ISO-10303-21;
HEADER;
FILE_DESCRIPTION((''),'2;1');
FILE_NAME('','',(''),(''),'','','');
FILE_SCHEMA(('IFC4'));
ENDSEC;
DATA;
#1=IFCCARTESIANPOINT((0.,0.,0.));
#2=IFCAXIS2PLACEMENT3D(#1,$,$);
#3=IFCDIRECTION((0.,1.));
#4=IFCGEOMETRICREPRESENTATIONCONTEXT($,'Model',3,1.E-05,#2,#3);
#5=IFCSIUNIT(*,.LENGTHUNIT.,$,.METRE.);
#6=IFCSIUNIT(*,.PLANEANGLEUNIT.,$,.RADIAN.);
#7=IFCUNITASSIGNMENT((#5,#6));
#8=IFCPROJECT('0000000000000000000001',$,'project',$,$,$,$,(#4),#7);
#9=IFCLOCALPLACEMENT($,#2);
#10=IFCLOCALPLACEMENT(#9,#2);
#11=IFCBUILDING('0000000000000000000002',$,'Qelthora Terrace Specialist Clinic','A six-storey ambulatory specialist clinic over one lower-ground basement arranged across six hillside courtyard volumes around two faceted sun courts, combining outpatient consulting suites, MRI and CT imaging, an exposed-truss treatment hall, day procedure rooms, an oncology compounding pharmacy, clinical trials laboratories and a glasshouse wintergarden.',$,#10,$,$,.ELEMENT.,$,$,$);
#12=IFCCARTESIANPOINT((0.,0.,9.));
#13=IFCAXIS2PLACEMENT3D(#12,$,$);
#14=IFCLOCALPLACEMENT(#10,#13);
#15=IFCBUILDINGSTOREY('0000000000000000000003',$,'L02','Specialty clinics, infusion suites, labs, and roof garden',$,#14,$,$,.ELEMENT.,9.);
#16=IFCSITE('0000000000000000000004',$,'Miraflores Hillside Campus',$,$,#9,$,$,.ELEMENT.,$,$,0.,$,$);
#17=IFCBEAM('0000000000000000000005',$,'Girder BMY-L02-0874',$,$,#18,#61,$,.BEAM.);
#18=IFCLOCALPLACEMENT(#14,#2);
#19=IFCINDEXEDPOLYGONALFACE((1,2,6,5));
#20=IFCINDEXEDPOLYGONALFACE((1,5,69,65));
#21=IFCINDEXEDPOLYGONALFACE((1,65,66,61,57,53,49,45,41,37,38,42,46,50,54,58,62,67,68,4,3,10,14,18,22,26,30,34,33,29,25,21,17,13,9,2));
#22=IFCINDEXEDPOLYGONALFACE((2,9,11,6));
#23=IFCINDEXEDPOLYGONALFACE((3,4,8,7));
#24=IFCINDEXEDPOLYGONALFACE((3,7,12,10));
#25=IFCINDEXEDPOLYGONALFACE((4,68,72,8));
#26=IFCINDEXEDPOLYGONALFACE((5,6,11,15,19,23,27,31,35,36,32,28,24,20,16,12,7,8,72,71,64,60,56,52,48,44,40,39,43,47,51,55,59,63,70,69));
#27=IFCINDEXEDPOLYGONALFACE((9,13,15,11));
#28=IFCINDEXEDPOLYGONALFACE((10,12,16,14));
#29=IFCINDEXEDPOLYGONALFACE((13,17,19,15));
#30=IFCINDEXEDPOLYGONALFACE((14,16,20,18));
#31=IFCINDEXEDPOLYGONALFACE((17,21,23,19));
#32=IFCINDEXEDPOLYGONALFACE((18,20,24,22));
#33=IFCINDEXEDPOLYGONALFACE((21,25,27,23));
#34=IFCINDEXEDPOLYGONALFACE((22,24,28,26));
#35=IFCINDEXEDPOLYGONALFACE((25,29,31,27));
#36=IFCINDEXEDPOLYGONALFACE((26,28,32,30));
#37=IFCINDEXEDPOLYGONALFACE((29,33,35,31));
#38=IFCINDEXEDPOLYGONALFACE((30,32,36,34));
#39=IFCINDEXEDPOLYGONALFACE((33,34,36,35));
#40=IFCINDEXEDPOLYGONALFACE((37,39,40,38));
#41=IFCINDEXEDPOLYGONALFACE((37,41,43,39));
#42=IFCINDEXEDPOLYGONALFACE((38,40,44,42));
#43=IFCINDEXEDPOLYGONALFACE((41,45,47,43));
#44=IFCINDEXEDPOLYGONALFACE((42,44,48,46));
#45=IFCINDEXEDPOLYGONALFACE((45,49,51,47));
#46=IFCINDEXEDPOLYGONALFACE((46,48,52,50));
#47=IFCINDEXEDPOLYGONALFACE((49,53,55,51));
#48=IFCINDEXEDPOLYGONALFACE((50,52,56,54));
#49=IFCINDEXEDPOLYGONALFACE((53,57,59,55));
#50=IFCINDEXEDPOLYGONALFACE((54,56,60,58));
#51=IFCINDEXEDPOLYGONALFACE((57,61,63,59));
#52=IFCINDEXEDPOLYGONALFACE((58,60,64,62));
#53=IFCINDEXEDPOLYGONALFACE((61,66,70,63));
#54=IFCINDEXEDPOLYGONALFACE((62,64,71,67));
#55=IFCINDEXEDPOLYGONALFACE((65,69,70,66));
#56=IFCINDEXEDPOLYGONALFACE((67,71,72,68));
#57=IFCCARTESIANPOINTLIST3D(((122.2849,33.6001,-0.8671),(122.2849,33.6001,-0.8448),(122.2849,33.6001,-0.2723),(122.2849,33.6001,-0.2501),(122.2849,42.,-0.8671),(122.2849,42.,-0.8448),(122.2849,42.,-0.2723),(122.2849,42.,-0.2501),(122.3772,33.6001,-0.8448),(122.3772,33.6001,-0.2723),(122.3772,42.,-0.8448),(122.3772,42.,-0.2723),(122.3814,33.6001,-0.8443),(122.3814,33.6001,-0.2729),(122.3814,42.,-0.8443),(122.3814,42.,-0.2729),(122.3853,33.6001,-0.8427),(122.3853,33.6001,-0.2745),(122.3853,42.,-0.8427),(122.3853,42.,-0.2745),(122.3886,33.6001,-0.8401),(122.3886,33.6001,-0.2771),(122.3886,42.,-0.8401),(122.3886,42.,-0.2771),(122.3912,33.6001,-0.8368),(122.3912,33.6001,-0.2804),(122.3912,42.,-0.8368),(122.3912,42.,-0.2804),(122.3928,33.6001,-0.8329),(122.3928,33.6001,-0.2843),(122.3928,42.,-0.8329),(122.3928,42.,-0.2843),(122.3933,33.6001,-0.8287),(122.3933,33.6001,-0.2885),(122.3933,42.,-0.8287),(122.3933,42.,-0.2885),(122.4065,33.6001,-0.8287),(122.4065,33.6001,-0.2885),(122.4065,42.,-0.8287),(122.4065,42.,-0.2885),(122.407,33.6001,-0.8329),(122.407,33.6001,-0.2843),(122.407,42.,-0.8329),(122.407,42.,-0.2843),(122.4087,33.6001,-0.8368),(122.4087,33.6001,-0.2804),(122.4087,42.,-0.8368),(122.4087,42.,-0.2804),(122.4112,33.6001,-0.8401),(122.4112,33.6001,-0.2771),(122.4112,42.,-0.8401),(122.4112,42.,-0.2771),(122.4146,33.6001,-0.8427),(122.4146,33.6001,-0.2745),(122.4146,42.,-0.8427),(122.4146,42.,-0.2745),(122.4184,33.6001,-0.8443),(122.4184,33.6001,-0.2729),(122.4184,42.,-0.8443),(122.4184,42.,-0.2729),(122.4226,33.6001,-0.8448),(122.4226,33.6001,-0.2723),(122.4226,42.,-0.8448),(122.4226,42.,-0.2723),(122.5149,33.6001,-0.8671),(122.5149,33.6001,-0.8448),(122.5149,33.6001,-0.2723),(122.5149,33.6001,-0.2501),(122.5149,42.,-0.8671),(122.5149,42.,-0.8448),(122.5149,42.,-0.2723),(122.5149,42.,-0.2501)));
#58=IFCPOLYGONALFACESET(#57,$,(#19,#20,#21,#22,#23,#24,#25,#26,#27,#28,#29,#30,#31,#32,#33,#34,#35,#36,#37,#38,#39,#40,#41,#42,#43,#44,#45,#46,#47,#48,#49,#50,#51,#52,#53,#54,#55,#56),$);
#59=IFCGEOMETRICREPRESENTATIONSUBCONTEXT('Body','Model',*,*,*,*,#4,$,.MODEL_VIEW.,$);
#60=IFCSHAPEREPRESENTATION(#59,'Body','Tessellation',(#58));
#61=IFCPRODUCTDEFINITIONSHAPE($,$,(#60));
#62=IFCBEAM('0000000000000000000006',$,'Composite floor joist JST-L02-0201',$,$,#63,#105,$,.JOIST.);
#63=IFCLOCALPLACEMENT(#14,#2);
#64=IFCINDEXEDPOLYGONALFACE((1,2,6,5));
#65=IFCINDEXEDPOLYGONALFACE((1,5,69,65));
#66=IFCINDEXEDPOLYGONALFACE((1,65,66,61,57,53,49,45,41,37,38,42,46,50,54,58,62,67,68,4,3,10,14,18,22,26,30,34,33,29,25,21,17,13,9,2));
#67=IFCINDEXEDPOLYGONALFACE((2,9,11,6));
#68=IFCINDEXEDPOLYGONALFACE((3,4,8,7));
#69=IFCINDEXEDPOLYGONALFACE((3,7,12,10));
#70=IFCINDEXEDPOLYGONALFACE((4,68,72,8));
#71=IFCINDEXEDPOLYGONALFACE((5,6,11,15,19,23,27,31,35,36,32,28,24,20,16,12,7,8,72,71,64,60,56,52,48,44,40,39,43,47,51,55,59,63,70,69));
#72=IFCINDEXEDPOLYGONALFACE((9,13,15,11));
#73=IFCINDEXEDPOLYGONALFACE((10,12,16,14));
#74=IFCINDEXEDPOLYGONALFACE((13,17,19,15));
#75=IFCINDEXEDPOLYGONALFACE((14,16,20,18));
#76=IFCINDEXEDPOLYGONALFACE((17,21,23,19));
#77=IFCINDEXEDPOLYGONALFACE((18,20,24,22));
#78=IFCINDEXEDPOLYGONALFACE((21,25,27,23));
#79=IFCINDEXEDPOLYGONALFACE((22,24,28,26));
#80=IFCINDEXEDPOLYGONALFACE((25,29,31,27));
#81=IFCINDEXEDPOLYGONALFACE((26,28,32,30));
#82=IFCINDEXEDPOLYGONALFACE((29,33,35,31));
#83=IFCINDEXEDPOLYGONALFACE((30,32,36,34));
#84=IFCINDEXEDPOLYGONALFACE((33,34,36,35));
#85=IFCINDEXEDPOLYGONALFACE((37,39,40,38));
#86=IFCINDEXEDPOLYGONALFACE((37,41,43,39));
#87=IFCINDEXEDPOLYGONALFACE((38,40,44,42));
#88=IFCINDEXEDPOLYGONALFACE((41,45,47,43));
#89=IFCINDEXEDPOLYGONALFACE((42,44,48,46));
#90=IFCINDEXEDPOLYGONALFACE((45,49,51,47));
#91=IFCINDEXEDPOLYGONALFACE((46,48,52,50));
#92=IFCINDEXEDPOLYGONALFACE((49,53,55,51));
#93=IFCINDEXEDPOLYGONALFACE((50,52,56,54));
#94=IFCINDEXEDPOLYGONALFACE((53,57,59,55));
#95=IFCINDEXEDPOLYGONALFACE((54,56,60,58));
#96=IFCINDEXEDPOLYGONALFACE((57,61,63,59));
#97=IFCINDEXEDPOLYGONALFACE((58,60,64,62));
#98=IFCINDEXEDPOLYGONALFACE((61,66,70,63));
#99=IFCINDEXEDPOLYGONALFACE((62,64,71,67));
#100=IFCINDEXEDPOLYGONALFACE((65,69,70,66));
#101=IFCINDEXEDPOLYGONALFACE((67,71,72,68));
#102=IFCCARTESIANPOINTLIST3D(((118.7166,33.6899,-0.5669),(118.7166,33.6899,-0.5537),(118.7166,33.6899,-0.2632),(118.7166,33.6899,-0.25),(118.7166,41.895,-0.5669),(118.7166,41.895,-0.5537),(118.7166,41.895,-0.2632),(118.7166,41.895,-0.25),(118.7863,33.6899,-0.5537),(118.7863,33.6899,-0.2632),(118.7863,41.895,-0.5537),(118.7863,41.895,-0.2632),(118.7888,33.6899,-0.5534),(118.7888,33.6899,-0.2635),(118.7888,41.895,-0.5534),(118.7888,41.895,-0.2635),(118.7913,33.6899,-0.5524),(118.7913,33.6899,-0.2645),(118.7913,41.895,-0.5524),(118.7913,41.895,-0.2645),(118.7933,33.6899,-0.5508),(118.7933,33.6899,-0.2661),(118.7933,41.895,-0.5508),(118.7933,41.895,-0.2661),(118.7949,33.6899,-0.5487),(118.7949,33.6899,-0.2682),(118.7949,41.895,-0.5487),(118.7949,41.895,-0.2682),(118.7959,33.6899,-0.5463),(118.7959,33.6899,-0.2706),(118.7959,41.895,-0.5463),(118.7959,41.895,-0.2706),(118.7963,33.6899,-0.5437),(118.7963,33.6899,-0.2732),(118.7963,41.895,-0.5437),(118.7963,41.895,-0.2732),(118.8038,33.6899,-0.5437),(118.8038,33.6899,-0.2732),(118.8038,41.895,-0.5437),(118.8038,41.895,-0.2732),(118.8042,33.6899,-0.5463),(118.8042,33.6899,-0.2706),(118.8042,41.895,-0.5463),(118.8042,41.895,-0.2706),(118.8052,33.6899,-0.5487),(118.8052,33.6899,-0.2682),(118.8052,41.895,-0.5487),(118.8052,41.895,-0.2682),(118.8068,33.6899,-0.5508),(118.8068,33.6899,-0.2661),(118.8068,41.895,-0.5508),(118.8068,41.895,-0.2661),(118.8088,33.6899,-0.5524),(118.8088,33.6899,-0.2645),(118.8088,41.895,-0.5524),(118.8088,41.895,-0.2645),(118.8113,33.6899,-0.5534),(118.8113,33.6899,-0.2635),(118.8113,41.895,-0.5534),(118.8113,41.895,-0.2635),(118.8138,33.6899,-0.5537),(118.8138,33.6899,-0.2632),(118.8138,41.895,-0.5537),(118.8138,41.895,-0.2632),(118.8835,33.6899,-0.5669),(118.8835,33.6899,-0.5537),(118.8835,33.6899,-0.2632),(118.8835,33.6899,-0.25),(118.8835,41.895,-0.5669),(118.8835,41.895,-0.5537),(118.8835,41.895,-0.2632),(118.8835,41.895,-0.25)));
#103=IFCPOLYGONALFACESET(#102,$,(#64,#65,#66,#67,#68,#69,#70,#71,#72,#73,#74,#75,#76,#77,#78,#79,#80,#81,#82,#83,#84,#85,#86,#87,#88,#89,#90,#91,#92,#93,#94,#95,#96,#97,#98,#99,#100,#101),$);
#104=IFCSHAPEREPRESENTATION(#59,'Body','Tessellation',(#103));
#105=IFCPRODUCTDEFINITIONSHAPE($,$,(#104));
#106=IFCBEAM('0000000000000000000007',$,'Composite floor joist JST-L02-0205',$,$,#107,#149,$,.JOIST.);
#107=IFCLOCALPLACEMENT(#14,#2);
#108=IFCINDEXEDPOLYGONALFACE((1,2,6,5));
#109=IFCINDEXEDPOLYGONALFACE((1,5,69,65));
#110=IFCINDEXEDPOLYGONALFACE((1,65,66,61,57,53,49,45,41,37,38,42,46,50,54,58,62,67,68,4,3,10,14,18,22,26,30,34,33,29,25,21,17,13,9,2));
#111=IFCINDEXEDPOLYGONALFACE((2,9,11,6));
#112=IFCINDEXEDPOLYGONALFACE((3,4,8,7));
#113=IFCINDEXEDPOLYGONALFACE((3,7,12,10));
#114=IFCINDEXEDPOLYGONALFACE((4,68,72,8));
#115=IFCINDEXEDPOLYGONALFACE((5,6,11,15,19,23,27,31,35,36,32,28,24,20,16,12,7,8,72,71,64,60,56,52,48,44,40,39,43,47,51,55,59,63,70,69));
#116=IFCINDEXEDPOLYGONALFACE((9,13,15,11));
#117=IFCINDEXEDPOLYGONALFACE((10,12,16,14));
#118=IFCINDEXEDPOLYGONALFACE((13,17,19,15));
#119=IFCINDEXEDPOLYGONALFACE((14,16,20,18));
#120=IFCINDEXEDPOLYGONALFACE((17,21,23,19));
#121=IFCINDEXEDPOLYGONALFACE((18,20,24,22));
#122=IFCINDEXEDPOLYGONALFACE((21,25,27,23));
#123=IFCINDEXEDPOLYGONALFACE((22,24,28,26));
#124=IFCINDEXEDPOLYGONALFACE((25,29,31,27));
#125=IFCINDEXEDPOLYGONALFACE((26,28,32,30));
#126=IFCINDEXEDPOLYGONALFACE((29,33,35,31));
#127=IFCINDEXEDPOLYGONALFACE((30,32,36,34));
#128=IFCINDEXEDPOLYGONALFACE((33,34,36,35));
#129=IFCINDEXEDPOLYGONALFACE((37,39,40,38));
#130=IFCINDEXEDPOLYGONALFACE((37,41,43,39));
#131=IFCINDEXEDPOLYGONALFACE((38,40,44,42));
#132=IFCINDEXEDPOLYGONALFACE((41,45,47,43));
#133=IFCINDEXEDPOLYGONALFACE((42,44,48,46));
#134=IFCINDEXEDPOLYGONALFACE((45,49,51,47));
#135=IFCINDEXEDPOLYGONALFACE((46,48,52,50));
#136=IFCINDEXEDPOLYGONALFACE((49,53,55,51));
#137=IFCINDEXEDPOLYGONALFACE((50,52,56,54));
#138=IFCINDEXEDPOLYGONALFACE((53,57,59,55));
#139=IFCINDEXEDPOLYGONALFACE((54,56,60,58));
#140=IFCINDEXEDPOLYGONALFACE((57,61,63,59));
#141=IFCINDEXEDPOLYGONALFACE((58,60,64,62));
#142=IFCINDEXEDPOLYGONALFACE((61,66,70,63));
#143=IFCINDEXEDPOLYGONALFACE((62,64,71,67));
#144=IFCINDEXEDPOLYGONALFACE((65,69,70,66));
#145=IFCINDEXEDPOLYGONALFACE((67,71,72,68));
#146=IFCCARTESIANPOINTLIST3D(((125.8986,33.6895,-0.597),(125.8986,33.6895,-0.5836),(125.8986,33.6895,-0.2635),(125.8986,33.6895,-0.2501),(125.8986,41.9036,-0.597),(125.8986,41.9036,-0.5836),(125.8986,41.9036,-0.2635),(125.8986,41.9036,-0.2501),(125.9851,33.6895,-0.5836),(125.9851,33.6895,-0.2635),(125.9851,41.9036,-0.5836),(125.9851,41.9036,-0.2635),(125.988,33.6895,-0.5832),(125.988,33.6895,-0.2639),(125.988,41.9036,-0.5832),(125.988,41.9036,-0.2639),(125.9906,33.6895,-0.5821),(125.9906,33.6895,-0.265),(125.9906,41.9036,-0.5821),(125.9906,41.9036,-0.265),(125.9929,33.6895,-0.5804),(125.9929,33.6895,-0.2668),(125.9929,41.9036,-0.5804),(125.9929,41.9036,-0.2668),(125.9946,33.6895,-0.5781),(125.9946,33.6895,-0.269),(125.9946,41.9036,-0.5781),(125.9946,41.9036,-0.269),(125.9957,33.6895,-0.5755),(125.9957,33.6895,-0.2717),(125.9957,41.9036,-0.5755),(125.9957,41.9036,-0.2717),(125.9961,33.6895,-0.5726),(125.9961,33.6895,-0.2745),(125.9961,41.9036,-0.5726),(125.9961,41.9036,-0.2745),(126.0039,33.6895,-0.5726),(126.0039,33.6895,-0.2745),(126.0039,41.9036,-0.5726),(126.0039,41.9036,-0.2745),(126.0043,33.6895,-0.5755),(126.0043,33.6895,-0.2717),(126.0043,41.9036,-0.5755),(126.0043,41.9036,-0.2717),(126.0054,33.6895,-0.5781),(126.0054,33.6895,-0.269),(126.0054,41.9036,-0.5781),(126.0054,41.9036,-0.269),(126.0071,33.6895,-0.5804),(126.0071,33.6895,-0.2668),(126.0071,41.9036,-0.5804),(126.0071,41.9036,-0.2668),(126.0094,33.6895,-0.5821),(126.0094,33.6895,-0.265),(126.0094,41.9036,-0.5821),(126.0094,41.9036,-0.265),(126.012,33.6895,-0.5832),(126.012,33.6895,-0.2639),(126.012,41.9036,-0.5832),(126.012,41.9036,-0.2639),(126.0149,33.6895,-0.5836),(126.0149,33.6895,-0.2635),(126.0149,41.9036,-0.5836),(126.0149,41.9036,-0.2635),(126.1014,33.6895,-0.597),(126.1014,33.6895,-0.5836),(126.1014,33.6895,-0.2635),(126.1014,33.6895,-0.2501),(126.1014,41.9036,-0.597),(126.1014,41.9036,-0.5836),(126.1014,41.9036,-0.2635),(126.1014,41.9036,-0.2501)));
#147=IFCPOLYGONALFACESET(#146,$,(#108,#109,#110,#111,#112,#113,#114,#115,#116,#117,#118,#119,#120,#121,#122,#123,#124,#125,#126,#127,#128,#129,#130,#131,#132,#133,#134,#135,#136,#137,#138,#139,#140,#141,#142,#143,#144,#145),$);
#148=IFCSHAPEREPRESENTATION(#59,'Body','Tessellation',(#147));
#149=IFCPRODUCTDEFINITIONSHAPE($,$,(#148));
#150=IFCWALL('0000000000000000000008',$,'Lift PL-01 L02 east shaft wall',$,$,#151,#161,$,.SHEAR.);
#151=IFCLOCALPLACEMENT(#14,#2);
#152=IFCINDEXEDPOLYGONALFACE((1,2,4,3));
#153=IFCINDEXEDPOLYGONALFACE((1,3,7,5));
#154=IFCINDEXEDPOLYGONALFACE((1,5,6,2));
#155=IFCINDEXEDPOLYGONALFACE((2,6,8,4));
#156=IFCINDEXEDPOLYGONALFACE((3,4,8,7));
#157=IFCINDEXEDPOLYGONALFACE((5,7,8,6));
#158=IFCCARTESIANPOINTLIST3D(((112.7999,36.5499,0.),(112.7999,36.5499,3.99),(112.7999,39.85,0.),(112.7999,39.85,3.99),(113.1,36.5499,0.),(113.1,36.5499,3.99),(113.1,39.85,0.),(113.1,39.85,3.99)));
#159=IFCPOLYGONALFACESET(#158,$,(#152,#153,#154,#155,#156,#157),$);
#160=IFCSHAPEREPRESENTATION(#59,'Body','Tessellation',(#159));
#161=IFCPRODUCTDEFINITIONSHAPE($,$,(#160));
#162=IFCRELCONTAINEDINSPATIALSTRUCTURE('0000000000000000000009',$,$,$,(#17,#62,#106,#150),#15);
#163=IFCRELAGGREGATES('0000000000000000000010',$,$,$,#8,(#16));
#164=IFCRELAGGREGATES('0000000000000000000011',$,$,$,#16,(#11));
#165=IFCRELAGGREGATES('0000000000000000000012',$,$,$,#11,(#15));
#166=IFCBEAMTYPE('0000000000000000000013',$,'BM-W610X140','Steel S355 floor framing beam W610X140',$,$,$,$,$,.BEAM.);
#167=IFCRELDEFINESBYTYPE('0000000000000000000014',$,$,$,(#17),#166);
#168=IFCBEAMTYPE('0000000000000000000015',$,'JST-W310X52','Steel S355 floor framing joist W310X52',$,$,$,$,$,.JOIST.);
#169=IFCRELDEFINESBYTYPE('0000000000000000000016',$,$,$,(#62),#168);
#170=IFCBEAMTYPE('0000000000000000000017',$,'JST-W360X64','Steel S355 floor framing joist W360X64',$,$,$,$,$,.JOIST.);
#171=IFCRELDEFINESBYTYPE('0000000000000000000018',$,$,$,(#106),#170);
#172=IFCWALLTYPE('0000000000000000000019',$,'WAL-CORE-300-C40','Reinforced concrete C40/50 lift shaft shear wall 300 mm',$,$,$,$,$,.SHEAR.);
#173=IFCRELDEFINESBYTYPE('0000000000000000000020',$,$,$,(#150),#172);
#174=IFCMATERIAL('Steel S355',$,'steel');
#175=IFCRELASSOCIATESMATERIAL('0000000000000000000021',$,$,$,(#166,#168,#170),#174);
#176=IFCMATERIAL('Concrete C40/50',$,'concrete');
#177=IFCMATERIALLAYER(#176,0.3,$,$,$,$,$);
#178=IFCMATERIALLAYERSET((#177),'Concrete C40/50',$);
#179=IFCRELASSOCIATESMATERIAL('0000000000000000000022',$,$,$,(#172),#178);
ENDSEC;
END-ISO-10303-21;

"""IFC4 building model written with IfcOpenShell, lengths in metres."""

from ifc_helpers import new_model, si_unit, direction, frame, frame_2d, origin, origin_2d, place, context, subcontext, project, spatial, rectangle, i_section, extrude, material, layer, layer_set, material_profile, profile_set, type_object, element, save


model = new_model("IFC4")

# Units and contexts
model_context = context("Model", 3, precision=1e-05, world=origin(), true_north=direction((0.0, 1.0)))
body_context = subcontext(model_context, "Body", "Model", "MODEL_VIEW")
ifc_project = project(units=[si_unit("LENGTHUNIT", "METRE"), si_unit("PLANEANGLEUNIT", "RADIAN")], contexts=[model_context])

# Site, building, storey
site_placement = place(None, origin())
site = spatial("IfcSite", under=ifc_project, at=site_placement, Name="Miraflores Hillside Campus", CompositionType="ELEMENT", RefElevation=0.0)
building_placement = place(site_placement, origin())
building = spatial("IfcBuilding", under=site, at=building_placement, Name="Qelthora Terrace Specialist Clinic", Description="A six-storey ambulatory specialist clinic over one lower-ground basement arranged across six hillside courtyard volumes around two faceted sun courts, combining outpatient consulting suites, MRI and CT imaging, an exposed-truss treatment hall, day procedure rooms, an oncology compounding pharmacy, clinical trials laboratories and a glasshouse wintergarden.", CompositionType="ELEMENT")
storey_placement = place(building_placement, frame((0.0, 0.0, 9.0)))
storey = spatial("IfcBuildingStorey", under=building, at=storey_placement, Name="L02", Description="Specialty clinics, infusion suites, labs, and roof garden", CompositionType="ELEMENT", Elevation=9.0)

# Shared definitions
ifc_material_1 = material(Name="Steel S355", Category="steel")

# Beams
ifc_material_profile_1 = material_profile(ifc_material_1, i_section(OverallWidth=0.23, OverallDepth=0.6169, WebThickness=0.0132, FlangeThickness=0.0222, FilletRadius=0.0161, at=origin_2d()), Name="W610X140")
ifc_profile_set_1 = profile_set([ifc_material_profile_1], Name="Steel S355")
beam_type_1 = type_object("IfcBeamType", Name="BM-W610X140", Description="Steel S355 floor framing beam W610X140", PredefinedType="BEAM", material=ifc_profile_set_1)
beam_1_placement = place(storey_placement, frame((122.3999, 33.6001, -0.5586), z_axis=(0.0, 1.0, 0.0), x_axis=(-1.0, 0.0, 0.0)))
element("IfcBeam", 1, at=beam_1_placement, inside=storey, type_object=beam_type_1, Name="Girder BMY-L02-0874", PredefinedType="BEAM", context=body_context, shape_type="SweptSolid", body=[
    extrude(i_section(OverallWidth=0.23, OverallDepth=0.6169, WebThickness=0.0132, FlangeThickness=0.0222, FilletRadius=0.0161, at=origin_2d()), origin(), (0.0, 0.0, 1.0), 8.3999),
])
ifc_material_profile_2 = material_profile(ifc_material_1, i_section(OverallWidth=0.167, OverallDepth=0.3169, WebThickness=0.0076, FlangeThickness=0.0132, FilletRadius=0.01, at=origin_2d()), Name="W310X52")
ifc_profile_set_2 = profile_set([ifc_material_profile_2], Name="Steel S355")
beam_type_2 = type_object("IfcBeamType", Name="JST-W310X52", Description="Steel S355 floor framing joist W310X52", PredefinedType="JOIST", material=ifc_profile_set_2)
beam_2_placement = place(storey_placement, frame((118.8, 33.6899, -0.4084), z_axis=(0.0, 1.0, 0.0), x_axis=(-1.0, 0.0, 0.0)))
element("IfcBeam", 2, at=beam_2_placement, inside=storey, type_object=beam_type_2, Name="Composite floor joist JST-L02-0201", PredefinedType="JOIST", context=body_context, shape_type="SweptSolid", body=[
    extrude(i_section(OverallWidth=0.167, OverallDepth=0.3169, WebThickness=0.0076, FlangeThickness=0.0132, FilletRadius=0.01, at=origin_2d()), origin(), (0.0, 0.0, 1.0), 8.2051),
])
ifc_material_profile_3 = material_profile(ifc_material_1, i_section(OverallWidth=0.2029, OverallDepth=0.3469, WebThickness=0.0078, FlangeThickness=0.0134, FilletRadius=0.011, at=origin_2d()), Name="W360X64")
ifc_profile_set_3 = profile_set([ifc_material_profile_3], Name="Steel S355")
beam_type_3 = type_object("IfcBeamType", Name="JST-W360X64", Description="Steel S355 floor framing joist W360X64", PredefinedType="JOIST", material=ifc_profile_set_3)
beam_3_placement = place(storey_placement, frame((126.0, 33.6895, -0.4236), z_axis=(0.0, 1.0, 0.0), x_axis=(-1.0, 0.0, 0.0)))
element("IfcBeam", 3, at=beam_3_placement, inside=storey, type_object=beam_type_3, Name="Composite floor joist JST-L02-0205", PredefinedType="JOIST", context=body_context, shape_type="SweptSolid", body=[
    extrude(i_section(OverallWidth=0.2029, OverallDepth=0.3469, WebThickness=0.0078, FlangeThickness=0.0134, FilletRadius=0.011, at=origin_2d()), origin(), (0.0, 0.0, 1.0), 8.2141),
])

# Wall
ifc_material_2 = material(Name="Concrete C40/50", Category="concrete")
ifc_layer_1 = layer(ifc_material_2, 0.3)
ifc_layer_set_1 = layer_set([ifc_layer_1], Name="Concrete C40/50")
wall_type_1 = type_object("IfcWallType", Name="WAL-CORE-300-C40", Description="Reinforced concrete C40/50 lift shaft shear wall 300 mm", PredefinedType="SHEAR", material=ifc_layer_set_1)
wall_1_placement = place(storey_placement, frame((112.95, 36.55, 0.0), z_axis=(0.0, 0.0, 1.0), x_axis=(0.0, 1.0, 0.0)))
element("IfcWall", 4, at=wall_1_placement, inside=storey, type_object=wall_type_1, Name="Lift PL-01 L02 east shaft wall", PredefinedType="SHEAR", context=body_context, shape_type="SweptSolid", body=[
    extrude(rectangle(XDim=3.3, YDim=0.3, at=frame_2d((1.6499, 0.0))), origin(), (0.0, 0.0, 1.0), 3.99),
])

save(model, "model.ifc")
